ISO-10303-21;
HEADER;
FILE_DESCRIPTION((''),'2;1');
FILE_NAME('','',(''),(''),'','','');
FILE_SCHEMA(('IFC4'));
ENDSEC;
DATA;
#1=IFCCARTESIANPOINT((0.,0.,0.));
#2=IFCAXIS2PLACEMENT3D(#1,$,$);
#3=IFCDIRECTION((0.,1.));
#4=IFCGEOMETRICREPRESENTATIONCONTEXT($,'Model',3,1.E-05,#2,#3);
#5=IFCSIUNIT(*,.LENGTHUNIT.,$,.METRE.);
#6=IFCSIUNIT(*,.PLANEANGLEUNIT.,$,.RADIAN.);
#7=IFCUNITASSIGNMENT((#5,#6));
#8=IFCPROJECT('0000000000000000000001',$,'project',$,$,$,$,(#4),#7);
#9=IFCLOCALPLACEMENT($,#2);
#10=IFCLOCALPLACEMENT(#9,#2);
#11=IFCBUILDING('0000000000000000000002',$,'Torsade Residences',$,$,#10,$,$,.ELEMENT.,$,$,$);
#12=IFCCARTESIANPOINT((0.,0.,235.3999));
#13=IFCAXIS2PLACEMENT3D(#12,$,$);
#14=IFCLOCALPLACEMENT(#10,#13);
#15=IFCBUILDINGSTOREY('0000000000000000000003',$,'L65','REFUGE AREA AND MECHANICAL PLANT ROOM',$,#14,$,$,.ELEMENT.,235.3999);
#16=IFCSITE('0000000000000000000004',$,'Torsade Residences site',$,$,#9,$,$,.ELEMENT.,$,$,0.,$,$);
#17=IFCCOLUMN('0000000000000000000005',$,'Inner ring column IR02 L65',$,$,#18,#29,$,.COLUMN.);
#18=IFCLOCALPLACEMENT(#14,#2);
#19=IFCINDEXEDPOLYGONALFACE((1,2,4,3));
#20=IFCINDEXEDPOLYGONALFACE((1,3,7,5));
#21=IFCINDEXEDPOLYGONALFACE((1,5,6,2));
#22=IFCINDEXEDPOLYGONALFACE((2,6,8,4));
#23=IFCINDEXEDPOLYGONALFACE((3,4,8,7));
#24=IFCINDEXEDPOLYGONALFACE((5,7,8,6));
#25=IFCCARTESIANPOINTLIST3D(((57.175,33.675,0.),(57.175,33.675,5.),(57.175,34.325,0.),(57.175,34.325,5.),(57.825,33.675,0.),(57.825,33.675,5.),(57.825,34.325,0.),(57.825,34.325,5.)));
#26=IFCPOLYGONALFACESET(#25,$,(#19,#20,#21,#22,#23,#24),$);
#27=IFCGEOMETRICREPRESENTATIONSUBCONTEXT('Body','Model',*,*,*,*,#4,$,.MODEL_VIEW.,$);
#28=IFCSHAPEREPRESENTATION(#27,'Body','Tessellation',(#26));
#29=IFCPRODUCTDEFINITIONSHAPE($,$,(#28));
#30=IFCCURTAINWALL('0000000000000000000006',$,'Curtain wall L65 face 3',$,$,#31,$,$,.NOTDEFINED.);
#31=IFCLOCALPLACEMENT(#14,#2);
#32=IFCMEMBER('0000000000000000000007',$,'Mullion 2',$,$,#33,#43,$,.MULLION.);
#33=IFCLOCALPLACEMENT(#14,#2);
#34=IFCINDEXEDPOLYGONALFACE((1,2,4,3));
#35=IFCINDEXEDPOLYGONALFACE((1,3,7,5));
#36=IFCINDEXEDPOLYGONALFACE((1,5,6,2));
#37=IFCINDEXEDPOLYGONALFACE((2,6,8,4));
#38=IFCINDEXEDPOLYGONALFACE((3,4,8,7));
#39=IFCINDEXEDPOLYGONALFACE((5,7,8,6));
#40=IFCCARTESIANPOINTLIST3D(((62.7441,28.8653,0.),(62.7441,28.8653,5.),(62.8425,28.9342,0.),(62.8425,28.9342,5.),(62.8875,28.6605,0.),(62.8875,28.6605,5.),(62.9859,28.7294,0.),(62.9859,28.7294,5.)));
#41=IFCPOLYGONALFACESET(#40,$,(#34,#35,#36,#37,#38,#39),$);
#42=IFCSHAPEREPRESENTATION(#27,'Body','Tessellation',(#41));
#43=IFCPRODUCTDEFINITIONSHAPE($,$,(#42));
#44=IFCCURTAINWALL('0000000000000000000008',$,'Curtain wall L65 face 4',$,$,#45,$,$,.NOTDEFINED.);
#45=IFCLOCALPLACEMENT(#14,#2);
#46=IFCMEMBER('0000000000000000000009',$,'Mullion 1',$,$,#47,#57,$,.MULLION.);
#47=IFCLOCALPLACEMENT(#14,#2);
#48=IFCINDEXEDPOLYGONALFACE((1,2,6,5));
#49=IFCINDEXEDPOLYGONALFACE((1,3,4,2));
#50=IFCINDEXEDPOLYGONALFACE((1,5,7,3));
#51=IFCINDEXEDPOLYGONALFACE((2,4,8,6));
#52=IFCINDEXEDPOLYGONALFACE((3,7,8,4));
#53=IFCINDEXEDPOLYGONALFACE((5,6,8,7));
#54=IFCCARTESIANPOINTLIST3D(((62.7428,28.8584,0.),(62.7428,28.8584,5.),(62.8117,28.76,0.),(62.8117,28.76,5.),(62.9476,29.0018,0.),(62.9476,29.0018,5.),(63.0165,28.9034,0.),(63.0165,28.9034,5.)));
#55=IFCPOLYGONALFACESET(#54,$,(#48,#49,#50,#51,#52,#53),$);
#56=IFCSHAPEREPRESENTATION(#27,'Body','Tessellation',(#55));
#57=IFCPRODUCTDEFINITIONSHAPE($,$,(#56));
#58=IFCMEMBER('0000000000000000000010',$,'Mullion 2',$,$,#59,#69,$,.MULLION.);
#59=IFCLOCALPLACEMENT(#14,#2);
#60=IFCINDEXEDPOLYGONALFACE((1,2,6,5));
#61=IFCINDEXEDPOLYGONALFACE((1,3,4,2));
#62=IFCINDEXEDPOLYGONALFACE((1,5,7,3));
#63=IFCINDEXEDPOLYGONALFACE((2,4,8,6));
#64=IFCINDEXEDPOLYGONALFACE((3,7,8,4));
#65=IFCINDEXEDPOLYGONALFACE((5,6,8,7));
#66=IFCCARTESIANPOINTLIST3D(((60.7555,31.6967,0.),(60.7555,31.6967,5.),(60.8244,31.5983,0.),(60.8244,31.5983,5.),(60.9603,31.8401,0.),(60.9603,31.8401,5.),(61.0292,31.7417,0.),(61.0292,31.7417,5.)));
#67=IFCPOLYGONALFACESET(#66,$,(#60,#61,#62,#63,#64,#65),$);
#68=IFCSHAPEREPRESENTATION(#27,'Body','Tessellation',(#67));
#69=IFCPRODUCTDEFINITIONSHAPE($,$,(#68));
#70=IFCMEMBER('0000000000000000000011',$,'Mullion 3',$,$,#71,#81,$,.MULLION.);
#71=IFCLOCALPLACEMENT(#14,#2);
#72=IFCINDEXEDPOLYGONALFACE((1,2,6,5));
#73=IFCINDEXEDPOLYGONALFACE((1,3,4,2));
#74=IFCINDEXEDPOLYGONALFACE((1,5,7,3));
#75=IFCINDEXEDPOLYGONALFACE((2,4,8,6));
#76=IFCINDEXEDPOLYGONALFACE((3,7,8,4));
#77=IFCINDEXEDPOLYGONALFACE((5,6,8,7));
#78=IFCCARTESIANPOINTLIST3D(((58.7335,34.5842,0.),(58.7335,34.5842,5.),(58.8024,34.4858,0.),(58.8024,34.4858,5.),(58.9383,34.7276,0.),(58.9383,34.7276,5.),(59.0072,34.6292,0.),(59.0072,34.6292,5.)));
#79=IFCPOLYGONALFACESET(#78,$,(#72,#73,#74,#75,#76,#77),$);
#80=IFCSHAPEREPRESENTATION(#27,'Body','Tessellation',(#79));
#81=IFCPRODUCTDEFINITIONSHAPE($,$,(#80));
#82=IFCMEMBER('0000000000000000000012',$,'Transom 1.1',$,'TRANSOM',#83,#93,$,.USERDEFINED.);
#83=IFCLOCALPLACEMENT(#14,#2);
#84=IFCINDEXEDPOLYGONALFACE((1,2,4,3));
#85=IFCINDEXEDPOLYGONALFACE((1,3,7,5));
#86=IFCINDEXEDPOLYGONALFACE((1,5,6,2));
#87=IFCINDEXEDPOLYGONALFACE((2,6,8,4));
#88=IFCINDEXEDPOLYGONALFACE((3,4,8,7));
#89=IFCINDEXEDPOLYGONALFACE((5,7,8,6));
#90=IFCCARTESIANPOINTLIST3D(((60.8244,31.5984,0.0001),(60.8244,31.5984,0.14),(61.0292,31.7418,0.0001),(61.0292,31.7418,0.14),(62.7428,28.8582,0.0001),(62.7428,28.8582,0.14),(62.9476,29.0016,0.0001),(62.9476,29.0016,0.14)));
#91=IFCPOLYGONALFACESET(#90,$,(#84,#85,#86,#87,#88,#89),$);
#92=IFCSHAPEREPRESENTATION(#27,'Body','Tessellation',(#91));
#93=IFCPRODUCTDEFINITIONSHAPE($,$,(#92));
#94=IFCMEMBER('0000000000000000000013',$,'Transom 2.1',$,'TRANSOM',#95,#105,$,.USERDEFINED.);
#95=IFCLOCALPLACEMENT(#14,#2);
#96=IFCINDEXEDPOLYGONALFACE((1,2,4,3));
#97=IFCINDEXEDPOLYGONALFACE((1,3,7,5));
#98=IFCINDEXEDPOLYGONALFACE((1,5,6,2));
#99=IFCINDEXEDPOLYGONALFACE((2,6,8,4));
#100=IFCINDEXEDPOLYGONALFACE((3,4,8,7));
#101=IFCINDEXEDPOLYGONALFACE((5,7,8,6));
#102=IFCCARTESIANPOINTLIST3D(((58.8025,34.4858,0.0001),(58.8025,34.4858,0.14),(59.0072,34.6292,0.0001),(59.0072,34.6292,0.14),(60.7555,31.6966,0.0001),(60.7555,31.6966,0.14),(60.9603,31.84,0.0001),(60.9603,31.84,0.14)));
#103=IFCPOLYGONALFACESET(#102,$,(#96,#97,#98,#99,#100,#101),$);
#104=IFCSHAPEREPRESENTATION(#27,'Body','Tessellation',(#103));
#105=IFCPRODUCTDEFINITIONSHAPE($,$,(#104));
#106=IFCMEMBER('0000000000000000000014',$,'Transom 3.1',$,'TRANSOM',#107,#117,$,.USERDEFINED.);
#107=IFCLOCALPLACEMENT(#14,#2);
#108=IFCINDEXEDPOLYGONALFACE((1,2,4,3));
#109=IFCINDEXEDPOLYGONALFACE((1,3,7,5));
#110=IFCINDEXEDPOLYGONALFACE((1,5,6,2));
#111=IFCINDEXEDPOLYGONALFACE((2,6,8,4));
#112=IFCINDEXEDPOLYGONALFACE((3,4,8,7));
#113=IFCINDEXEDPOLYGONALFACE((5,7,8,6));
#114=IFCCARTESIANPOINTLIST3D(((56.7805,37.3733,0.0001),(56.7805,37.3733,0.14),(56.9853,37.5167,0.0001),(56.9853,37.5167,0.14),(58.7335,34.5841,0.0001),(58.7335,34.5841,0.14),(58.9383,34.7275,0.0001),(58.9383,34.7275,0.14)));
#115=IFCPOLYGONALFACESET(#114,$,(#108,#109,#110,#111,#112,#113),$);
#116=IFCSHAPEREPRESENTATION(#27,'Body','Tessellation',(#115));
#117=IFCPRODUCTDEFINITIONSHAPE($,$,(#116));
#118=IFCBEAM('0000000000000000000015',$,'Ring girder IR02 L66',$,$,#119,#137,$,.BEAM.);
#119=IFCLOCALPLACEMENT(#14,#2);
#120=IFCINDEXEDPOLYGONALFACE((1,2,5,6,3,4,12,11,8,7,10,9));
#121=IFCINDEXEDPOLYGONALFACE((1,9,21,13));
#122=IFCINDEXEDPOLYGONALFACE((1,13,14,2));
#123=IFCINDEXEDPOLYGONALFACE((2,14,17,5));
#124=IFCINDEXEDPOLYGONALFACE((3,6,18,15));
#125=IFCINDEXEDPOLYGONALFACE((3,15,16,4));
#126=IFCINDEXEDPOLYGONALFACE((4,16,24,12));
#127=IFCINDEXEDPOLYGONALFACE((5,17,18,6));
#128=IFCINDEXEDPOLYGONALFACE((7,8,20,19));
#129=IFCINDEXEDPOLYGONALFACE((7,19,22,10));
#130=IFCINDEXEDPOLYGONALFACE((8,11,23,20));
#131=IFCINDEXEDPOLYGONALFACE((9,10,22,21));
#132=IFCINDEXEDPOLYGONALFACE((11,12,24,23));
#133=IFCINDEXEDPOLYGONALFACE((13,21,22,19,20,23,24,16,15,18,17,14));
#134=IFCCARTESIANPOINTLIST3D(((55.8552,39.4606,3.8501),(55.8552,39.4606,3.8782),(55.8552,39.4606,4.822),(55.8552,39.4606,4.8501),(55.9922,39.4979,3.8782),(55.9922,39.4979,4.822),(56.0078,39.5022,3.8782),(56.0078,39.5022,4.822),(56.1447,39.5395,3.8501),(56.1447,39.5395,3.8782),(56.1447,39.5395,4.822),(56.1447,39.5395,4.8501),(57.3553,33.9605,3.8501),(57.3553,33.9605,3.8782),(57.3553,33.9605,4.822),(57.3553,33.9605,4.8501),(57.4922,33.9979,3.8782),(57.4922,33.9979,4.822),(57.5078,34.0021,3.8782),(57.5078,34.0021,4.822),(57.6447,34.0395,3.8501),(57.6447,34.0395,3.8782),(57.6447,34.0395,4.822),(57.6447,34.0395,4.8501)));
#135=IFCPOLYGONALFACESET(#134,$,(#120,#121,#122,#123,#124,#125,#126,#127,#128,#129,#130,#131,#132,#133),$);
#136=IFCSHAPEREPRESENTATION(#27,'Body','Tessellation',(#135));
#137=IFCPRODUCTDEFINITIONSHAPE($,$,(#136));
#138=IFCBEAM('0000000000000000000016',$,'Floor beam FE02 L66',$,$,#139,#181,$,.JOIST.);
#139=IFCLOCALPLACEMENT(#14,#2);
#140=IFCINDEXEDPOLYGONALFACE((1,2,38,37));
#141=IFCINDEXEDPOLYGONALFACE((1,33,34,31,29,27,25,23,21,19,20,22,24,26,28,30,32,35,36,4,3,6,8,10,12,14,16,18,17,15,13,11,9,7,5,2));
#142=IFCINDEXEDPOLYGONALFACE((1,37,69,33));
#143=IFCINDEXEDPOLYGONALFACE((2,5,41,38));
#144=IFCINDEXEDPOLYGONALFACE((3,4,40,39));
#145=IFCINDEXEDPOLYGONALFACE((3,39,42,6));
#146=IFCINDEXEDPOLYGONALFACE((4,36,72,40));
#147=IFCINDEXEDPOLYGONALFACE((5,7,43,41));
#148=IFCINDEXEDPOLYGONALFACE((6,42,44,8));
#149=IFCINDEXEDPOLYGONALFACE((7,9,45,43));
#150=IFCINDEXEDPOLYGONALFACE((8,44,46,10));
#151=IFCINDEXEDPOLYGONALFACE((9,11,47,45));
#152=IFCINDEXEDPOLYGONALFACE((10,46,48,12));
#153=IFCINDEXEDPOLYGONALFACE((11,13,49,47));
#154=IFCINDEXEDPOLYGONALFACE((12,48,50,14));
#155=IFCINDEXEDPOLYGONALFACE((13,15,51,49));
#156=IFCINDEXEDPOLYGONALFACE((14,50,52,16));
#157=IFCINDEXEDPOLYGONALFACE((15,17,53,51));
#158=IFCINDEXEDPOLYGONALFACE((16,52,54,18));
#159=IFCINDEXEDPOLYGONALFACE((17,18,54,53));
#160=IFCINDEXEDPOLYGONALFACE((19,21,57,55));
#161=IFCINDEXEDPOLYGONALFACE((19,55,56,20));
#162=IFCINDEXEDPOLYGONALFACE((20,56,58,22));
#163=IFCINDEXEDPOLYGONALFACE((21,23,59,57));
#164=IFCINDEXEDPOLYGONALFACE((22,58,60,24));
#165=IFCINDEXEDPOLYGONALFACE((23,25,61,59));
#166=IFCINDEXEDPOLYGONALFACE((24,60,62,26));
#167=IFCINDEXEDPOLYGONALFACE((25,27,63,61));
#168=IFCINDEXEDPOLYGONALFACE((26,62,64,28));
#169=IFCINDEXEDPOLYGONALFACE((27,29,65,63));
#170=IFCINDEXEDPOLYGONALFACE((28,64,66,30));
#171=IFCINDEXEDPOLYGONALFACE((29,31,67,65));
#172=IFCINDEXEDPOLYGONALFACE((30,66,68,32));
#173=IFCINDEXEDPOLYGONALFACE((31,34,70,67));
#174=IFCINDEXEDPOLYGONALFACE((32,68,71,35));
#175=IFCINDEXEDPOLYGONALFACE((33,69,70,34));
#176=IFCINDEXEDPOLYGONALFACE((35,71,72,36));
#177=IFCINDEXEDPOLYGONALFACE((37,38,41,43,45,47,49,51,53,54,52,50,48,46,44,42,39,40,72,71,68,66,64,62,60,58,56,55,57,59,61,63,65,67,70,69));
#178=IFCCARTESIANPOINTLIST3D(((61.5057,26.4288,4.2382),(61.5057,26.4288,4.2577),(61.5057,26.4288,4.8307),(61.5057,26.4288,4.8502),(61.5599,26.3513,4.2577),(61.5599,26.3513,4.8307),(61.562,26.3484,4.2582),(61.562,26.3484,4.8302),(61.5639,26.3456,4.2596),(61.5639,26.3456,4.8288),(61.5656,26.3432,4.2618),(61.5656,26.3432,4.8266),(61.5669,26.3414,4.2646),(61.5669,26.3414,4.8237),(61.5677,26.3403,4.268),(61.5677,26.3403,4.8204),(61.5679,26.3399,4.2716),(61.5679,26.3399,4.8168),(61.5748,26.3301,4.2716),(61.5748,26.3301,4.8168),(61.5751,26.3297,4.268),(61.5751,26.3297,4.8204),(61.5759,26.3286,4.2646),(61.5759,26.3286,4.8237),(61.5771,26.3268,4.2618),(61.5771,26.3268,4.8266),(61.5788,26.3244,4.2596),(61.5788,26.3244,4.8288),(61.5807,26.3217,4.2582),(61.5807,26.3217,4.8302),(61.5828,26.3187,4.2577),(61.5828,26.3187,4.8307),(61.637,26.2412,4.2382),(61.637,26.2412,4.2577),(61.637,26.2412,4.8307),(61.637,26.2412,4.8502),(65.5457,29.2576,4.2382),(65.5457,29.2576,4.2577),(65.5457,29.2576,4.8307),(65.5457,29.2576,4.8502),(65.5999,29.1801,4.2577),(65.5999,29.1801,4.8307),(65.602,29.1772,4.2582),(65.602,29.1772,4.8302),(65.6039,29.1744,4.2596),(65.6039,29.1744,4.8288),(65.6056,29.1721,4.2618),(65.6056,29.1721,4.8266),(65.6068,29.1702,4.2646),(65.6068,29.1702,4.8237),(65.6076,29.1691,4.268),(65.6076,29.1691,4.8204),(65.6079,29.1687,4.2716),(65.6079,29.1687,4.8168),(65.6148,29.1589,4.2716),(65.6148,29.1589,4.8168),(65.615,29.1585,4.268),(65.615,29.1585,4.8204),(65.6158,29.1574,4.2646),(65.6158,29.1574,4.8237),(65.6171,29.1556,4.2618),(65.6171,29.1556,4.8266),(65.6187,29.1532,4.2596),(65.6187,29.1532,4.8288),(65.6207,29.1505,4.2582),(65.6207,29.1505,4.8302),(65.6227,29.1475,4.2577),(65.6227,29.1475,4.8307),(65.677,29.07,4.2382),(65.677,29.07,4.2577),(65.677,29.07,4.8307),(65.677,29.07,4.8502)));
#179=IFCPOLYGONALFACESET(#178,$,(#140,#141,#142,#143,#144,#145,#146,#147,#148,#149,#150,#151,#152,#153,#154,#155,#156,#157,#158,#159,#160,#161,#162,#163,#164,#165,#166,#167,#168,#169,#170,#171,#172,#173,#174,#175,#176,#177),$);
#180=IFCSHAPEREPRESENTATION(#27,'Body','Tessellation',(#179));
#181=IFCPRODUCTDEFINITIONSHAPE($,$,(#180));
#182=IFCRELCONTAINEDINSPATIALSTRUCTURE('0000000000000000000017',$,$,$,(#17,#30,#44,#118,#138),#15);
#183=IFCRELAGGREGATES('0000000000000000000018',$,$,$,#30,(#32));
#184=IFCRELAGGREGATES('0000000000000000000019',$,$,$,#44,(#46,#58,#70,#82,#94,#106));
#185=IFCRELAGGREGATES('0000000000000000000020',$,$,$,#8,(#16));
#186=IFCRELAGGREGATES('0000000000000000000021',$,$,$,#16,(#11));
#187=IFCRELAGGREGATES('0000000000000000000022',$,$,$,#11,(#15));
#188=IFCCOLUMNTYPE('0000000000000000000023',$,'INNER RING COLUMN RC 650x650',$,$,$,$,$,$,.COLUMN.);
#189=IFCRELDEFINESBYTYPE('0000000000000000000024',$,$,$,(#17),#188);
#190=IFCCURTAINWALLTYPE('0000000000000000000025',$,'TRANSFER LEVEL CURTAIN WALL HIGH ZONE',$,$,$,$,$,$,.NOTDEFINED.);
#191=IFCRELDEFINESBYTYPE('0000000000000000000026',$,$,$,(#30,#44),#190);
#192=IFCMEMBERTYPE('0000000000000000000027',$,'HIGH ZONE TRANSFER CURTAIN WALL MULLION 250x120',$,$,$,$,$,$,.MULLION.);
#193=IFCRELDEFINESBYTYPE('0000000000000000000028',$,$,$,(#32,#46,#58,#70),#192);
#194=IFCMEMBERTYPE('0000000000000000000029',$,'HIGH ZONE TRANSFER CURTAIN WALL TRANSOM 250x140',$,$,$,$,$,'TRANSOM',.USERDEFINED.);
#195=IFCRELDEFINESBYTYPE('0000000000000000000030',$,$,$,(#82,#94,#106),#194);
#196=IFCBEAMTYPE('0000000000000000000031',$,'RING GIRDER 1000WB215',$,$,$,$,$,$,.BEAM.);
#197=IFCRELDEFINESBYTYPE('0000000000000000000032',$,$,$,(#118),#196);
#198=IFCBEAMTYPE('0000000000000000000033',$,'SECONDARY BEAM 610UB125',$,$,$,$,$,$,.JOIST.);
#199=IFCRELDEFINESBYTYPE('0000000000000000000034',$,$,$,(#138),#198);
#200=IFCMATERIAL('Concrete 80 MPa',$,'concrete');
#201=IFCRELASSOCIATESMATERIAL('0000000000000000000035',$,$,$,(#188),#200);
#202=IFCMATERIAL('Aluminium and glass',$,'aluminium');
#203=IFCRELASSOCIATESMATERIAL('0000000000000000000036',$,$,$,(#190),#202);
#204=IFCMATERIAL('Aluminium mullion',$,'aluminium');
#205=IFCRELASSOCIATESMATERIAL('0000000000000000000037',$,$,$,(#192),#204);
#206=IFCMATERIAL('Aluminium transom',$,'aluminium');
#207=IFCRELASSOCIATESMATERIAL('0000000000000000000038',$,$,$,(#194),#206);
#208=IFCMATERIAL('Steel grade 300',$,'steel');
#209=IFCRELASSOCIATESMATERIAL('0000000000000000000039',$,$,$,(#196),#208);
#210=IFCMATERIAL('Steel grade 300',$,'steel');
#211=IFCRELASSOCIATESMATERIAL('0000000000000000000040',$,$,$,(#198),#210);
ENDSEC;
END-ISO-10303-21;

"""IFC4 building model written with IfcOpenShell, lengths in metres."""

from ifc_helpers import new_model, si_unit, direction, frame, origin, origin_2d, place, context, subcontext, project, spatial, rectangle, i_section, extrude, material, material_profile, profile_set, type_object, element, aggregate, save


model = new_model("IFC4")

# Units and contexts
model_context = context("Model", 3, precision=1e-05, world=origin(), true_north=direction((0.0, 1.0)))
body_context = subcontext(model_context, "Body", "Model", "MODEL_VIEW")
ifc_project = project(units=[si_unit("LENGTHUNIT", "METRE"), si_unit("PLANEANGLEUNIT", "RADIAN")], contexts=[model_context])

# Site, building, storey
site_placement = place(None, origin())
site = spatial("IfcSite", under=ifc_project, at=site_placement, Name="Torsade Residences site", CompositionType="ELEMENT", RefElevation=0.0)
building_placement = place(site_placement, origin())
building = spatial("IfcBuilding", under=site, at=building_placement, Name="Torsade Residences", CompositionType="ELEMENT")
storey_placement = place(building_placement, frame((0.0, 0.0, 235.3999)))
storey = spatial("IfcBuildingStorey", under=building, at=storey_placement, Name="L65", Description="REFUGE AREA AND MECHANICAL PLANT ROOM", CompositionType="ELEMENT", Elevation=235.3999)

# Column
ifc_material_1 = material(Name="Concrete 80 MPa", Category="concrete")
ifc_material_profile_1 = material_profile(ifc_material_1, rectangle(XDim=0.6499, YDim=0.6499, at=origin_2d()), Name="RC 650x650")
ifc_profile_set_1 = profile_set([ifc_material_profile_1], Name="Concrete 80 MPa")
column_type = type_object("IfcColumnType", Name="INNER RING COLUMN RC 650x650", PredefinedType="COLUMN", material=ifc_profile_set_1)
column_placement = place(storey_placement, frame((57.5, 34.0, 0.0), z_axis=(0.0, 0.0, 1.0), x_axis=(1.0, 0.0, 0.0)))
element("IfcColumn", 1, at=column_placement, inside=storey, type_object=column_type, Name="Inner ring column IR02 L65", PredefinedType="COLUMN", context=body_context, shape_type="SweptSolid", body=[
    extrude(rectangle(XDim=0.6499, YDim=0.6499, at=origin_2d()), origin(), (0.0, 0.0, 1.0), 5.0),
])

# Curtain wall, member
ifc_material_2 = material(Name="Aluminium and glass", Category="aluminium")
curtain_wall_type = type_object("IfcCurtainWallType", Name="TRANSFER LEVEL CURTAIN WALL HIGH ZONE", PredefinedType="NOTDEFINED", material=ifc_material_2)
curtain_wall_1_placement = place(storey_placement, origin())
curtain_wall_1 = element("IfcCurtainWall", 2, at=curtain_wall_1_placement, inside=storey, type_object=curtain_wall_type, Name="Curtain wall L65 face 3", PredefinedType="NOTDEFINED")
ifc_material_3 = material(Name="Aluminium mullion", Category="aluminium")
ifc_material_profile_2 = material_profile(ifc_material_3, rectangle(XDim=0.25, YDim=0.1201, at=origin_2d()), Name="HIGH ZONE TRANSFER CURTAIN WALL MULLION 250x120")
ifc_profile_set_2 = profile_set([ifc_material_profile_2], Name="Aluminium mullion")
member_type_1 = type_object("IfcMemberType", Name="HIGH ZONE TRANSFER CURTAIN WALL MULLION 250x120", PredefinedType="MULLION", material=ifc_profile_set_2)
member_1_placement = place(storey_placement, frame((62.865, 28.7974, 0.0), z_axis=(0.0, 0.0, 1.0), x_axis=(-0.573576, 0.819152, 0.0)))
member_1 = element("IfcMember", 3, at=member_1_placement, type_object=member_type_1, Name="Mullion 2", PredefinedType="MULLION", context=body_context, shape_type="SweptSolid", body=[
    extrude(rectangle(XDim=0.25, YDim=0.1201, at=origin_2d()), origin(), (0.0, 0.0, 1.0), 5.0),
])
aggregate(curtain_wall_1, [member_1])

# Curtain wall, members
curtain_wall_2_placement = place(storey_placement, origin())
curtain_wall_2 = element("IfcCurtainWall", 4, at=curtain_wall_2_placement, inside=storey, type_object=curtain_wall_type, Name="Curtain wall L65 face 4", PredefinedType="NOTDEFINED")
member_2_placement = place(storey_placement, frame((62.8796, 28.8809, 0.0), z_axis=(0.0, 0.0, 1.0), x_axis=(-0.819152, -0.573576, 0.0)))
member_2 = element("IfcMember", 5, at=member_2_placement, type_object=member_type_1, Name="Mullion 1", PredefinedType="MULLION", context=body_context, shape_type="SweptSolid", body=[
    extrude(rectangle(XDim=0.25, YDim=0.1201, at=origin_2d()), origin(), (0.0, 0.0, 1.0), 5.0),
])
member_3_placement = place(storey_placement, frame((60.8923, 31.7192, 0.0), z_axis=(0.0, 0.0, 1.0), x_axis=(-0.819152, -0.573576, 0.0)))
member_3 = element("IfcMember", 6, at=member_3_placement, type_object=member_type_1, Name="Mullion 2", PredefinedType="MULLION", context=body_context, shape_type="SweptSolid", body=[
    extrude(rectangle(XDim=0.25, YDim=0.1201, at=origin_2d()), origin(), (0.0, 0.0, 1.0), 5.0),
])
member_4_placement = place(storey_placement, frame((58.8704, 34.6067, 0.0), z_axis=(0.0, 0.0, 1.0), x_axis=(-0.819152, -0.573576, 0.0)))
member_4 = element("IfcMember", 7, at=member_4_placement, type_object=member_type_1, Name="Mullion 3", PredefinedType="MULLION", context=body_context, shape_type="SweptSolid", body=[
    extrude(rectangle(XDim=0.25, YDim=0.1201, at=origin_2d()), origin(), (0.0, 0.0, 1.0), 5.0),
])
ifc_material_4 = material(Name="Aluminium transom", Category="aluminium")
ifc_material_profile_3 = material_profile(ifc_material_4, rectangle(XDim=0.25, YDim=0.1399, at=origin_2d()), Name="HIGH ZONE TRANSFER CURTAIN WALL TRANSOM 250x140")
ifc_profile_set_3 = profile_set([ifc_material_profile_3], Name="Aluminium transom")
member_type_2 = type_object("IfcMemberType", Name="HIGH ZONE TRANSFER CURTAIN WALL TRANSOM 250x140", ElementType="TRANSOM", PredefinedType="USERDEFINED", material=ifc_profile_set_3)
member_5_placement = place(storey_placement, frame((62.8452, 28.9299, 0.0701), z_axis=(-0.573521, 0.819191, 0.0), x_axis=(-0.819191, -0.573521, 0.0)))
member_5 = element("IfcMember", 8, at=member_5_placement, type_object=member_type_2, Name="Transom 1.1", ObjectType="TRANSOM", PredefinedType="USERDEFINED", context=body_context, shape_type="SweptSolid", body=[
    extrude(rectangle(XDim=0.25, YDim=0.1399, at=origin_2d()), origin(), (0.0, 0.0, 1.0), 3.345),
])
member_6_placement = place(storey_placement, frame((60.8579, 31.7683, 0.0701), z_axis=(-0.573583, 0.819148, 0.0), x_axis=(-0.819148, -0.573583, 0.0)))
member_6 = element("IfcMember", 9, at=member_6_placement, type_object=member_type_2, Name="Transom 2.1", ObjectType="TRANSOM", PredefinedType="USERDEFINED", context=body_context, shape_type="SweptSolid", body=[
    extrude(rectangle(XDim=0.25, YDim=0.1399, at=origin_2d()), origin(), (0.0, 0.0, 1.0), 3.405),
])
member_7_placement = place(storey_placement, frame((58.8359, 34.6558, 0.0701), z_axis=(-0.573583, 0.819148, 0.0), x_axis=(-0.819148, -0.573583, 0.0)))
member_7 = element("IfcMember", 10, at=member_7_placement, type_object=member_type_2, Name="Transom 3.1", ObjectType="TRANSOM", PredefinedType="USERDEFINED", context=body_context, shape_type="SweptSolid", body=[
    extrude(rectangle(XDim=0.25, YDim=0.1399, at=origin_2d()), origin(), (0.0, 0.0, 1.0), 3.405),
])

# Beams
ifc_material_5 = material(Name="Steel grade 300", Category="steel")
ifc_material_profile_4 = material_profile(ifc_material_5, i_section(OverallWidth=0.3, OverallDepth=1.0, WebThickness=0.0161, FlangeThickness=0.0281, at=origin_2d()), Name="1000WB215")
ifc_profile_set_4 = profile_set([ifc_material_profile_4], Name="Steel grade 300")
beam_type_1 = type_object("IfcBeamType", Name="RING GIRDER 1000WB215", PredefinedType="BEAM", material=ifc_profile_set_4)
beam_1_placement = place(storey_placement, frame((57.5, 34.0, 4.3501), z_axis=(-0.263117, 0.964764, 0.0), x_axis=(-0.964764, -0.263117, 0.0)))
element("IfcBeam", 11, at=beam_1_placement, inside=storey, type_object=beam_type_1, Name="Ring girder IR02 L66", PredefinedType="BEAM", context=body_context, shape_type="SweptSolid", body=[
    extrude(i_section(OverallWidth=0.3, OverallDepth=1.0, WebThickness=0.0161, FlangeThickness=0.0281, at=origin_2d()), origin(), (0.0, 0.0, 1.0), 5.7009),
])
ifc_material_6 = material(Name="Steel grade 300", Category="steel")
ifc_material_profile_5 = material_profile(ifc_material_6, i_section(OverallWidth=0.229, OverallDepth=0.6121, WebThickness=0.012, FlangeThickness=0.0195, FilletRadius=0.0139, at=origin_2d()), Name="610UB125")
ifc_profile_set_5 = profile_set([ifc_material_profile_5], Name="Steel grade 300")
beam_type_2 = type_object("IfcBeamType", Name="SECONDARY BEAM 610UB125", PredefinedType="JOIST", material=ifc_profile_set_5)
beam_2_placement = place(storey_placement, frame((65.6113, 29.1638, 4.5442), z_axis=(-0.819153, -0.573575, 0.0), x_axis=(0.573575, -0.819153, 0.0)))
element("IfcBeam", 12, at=beam_2_placement, inside=storey, type_object=beam_type_2, Name="Floor beam FE02 L66", PredefinedType="JOIST", context=body_context, shape_type="SweptSolid", body=[
    extrude(i_section(OverallWidth=0.229, OverallDepth=0.6121, WebThickness=0.012, FlangeThickness=0.0195, FilletRadius=0.0139, at=origin_2d()), origin(), (0.0, 0.0, 1.0), 4.9319),
])

aggregate(curtain_wall_2, [member_2, member_3, member_4, member_5, member_6, member_7])

save(model, "model.ifc")
